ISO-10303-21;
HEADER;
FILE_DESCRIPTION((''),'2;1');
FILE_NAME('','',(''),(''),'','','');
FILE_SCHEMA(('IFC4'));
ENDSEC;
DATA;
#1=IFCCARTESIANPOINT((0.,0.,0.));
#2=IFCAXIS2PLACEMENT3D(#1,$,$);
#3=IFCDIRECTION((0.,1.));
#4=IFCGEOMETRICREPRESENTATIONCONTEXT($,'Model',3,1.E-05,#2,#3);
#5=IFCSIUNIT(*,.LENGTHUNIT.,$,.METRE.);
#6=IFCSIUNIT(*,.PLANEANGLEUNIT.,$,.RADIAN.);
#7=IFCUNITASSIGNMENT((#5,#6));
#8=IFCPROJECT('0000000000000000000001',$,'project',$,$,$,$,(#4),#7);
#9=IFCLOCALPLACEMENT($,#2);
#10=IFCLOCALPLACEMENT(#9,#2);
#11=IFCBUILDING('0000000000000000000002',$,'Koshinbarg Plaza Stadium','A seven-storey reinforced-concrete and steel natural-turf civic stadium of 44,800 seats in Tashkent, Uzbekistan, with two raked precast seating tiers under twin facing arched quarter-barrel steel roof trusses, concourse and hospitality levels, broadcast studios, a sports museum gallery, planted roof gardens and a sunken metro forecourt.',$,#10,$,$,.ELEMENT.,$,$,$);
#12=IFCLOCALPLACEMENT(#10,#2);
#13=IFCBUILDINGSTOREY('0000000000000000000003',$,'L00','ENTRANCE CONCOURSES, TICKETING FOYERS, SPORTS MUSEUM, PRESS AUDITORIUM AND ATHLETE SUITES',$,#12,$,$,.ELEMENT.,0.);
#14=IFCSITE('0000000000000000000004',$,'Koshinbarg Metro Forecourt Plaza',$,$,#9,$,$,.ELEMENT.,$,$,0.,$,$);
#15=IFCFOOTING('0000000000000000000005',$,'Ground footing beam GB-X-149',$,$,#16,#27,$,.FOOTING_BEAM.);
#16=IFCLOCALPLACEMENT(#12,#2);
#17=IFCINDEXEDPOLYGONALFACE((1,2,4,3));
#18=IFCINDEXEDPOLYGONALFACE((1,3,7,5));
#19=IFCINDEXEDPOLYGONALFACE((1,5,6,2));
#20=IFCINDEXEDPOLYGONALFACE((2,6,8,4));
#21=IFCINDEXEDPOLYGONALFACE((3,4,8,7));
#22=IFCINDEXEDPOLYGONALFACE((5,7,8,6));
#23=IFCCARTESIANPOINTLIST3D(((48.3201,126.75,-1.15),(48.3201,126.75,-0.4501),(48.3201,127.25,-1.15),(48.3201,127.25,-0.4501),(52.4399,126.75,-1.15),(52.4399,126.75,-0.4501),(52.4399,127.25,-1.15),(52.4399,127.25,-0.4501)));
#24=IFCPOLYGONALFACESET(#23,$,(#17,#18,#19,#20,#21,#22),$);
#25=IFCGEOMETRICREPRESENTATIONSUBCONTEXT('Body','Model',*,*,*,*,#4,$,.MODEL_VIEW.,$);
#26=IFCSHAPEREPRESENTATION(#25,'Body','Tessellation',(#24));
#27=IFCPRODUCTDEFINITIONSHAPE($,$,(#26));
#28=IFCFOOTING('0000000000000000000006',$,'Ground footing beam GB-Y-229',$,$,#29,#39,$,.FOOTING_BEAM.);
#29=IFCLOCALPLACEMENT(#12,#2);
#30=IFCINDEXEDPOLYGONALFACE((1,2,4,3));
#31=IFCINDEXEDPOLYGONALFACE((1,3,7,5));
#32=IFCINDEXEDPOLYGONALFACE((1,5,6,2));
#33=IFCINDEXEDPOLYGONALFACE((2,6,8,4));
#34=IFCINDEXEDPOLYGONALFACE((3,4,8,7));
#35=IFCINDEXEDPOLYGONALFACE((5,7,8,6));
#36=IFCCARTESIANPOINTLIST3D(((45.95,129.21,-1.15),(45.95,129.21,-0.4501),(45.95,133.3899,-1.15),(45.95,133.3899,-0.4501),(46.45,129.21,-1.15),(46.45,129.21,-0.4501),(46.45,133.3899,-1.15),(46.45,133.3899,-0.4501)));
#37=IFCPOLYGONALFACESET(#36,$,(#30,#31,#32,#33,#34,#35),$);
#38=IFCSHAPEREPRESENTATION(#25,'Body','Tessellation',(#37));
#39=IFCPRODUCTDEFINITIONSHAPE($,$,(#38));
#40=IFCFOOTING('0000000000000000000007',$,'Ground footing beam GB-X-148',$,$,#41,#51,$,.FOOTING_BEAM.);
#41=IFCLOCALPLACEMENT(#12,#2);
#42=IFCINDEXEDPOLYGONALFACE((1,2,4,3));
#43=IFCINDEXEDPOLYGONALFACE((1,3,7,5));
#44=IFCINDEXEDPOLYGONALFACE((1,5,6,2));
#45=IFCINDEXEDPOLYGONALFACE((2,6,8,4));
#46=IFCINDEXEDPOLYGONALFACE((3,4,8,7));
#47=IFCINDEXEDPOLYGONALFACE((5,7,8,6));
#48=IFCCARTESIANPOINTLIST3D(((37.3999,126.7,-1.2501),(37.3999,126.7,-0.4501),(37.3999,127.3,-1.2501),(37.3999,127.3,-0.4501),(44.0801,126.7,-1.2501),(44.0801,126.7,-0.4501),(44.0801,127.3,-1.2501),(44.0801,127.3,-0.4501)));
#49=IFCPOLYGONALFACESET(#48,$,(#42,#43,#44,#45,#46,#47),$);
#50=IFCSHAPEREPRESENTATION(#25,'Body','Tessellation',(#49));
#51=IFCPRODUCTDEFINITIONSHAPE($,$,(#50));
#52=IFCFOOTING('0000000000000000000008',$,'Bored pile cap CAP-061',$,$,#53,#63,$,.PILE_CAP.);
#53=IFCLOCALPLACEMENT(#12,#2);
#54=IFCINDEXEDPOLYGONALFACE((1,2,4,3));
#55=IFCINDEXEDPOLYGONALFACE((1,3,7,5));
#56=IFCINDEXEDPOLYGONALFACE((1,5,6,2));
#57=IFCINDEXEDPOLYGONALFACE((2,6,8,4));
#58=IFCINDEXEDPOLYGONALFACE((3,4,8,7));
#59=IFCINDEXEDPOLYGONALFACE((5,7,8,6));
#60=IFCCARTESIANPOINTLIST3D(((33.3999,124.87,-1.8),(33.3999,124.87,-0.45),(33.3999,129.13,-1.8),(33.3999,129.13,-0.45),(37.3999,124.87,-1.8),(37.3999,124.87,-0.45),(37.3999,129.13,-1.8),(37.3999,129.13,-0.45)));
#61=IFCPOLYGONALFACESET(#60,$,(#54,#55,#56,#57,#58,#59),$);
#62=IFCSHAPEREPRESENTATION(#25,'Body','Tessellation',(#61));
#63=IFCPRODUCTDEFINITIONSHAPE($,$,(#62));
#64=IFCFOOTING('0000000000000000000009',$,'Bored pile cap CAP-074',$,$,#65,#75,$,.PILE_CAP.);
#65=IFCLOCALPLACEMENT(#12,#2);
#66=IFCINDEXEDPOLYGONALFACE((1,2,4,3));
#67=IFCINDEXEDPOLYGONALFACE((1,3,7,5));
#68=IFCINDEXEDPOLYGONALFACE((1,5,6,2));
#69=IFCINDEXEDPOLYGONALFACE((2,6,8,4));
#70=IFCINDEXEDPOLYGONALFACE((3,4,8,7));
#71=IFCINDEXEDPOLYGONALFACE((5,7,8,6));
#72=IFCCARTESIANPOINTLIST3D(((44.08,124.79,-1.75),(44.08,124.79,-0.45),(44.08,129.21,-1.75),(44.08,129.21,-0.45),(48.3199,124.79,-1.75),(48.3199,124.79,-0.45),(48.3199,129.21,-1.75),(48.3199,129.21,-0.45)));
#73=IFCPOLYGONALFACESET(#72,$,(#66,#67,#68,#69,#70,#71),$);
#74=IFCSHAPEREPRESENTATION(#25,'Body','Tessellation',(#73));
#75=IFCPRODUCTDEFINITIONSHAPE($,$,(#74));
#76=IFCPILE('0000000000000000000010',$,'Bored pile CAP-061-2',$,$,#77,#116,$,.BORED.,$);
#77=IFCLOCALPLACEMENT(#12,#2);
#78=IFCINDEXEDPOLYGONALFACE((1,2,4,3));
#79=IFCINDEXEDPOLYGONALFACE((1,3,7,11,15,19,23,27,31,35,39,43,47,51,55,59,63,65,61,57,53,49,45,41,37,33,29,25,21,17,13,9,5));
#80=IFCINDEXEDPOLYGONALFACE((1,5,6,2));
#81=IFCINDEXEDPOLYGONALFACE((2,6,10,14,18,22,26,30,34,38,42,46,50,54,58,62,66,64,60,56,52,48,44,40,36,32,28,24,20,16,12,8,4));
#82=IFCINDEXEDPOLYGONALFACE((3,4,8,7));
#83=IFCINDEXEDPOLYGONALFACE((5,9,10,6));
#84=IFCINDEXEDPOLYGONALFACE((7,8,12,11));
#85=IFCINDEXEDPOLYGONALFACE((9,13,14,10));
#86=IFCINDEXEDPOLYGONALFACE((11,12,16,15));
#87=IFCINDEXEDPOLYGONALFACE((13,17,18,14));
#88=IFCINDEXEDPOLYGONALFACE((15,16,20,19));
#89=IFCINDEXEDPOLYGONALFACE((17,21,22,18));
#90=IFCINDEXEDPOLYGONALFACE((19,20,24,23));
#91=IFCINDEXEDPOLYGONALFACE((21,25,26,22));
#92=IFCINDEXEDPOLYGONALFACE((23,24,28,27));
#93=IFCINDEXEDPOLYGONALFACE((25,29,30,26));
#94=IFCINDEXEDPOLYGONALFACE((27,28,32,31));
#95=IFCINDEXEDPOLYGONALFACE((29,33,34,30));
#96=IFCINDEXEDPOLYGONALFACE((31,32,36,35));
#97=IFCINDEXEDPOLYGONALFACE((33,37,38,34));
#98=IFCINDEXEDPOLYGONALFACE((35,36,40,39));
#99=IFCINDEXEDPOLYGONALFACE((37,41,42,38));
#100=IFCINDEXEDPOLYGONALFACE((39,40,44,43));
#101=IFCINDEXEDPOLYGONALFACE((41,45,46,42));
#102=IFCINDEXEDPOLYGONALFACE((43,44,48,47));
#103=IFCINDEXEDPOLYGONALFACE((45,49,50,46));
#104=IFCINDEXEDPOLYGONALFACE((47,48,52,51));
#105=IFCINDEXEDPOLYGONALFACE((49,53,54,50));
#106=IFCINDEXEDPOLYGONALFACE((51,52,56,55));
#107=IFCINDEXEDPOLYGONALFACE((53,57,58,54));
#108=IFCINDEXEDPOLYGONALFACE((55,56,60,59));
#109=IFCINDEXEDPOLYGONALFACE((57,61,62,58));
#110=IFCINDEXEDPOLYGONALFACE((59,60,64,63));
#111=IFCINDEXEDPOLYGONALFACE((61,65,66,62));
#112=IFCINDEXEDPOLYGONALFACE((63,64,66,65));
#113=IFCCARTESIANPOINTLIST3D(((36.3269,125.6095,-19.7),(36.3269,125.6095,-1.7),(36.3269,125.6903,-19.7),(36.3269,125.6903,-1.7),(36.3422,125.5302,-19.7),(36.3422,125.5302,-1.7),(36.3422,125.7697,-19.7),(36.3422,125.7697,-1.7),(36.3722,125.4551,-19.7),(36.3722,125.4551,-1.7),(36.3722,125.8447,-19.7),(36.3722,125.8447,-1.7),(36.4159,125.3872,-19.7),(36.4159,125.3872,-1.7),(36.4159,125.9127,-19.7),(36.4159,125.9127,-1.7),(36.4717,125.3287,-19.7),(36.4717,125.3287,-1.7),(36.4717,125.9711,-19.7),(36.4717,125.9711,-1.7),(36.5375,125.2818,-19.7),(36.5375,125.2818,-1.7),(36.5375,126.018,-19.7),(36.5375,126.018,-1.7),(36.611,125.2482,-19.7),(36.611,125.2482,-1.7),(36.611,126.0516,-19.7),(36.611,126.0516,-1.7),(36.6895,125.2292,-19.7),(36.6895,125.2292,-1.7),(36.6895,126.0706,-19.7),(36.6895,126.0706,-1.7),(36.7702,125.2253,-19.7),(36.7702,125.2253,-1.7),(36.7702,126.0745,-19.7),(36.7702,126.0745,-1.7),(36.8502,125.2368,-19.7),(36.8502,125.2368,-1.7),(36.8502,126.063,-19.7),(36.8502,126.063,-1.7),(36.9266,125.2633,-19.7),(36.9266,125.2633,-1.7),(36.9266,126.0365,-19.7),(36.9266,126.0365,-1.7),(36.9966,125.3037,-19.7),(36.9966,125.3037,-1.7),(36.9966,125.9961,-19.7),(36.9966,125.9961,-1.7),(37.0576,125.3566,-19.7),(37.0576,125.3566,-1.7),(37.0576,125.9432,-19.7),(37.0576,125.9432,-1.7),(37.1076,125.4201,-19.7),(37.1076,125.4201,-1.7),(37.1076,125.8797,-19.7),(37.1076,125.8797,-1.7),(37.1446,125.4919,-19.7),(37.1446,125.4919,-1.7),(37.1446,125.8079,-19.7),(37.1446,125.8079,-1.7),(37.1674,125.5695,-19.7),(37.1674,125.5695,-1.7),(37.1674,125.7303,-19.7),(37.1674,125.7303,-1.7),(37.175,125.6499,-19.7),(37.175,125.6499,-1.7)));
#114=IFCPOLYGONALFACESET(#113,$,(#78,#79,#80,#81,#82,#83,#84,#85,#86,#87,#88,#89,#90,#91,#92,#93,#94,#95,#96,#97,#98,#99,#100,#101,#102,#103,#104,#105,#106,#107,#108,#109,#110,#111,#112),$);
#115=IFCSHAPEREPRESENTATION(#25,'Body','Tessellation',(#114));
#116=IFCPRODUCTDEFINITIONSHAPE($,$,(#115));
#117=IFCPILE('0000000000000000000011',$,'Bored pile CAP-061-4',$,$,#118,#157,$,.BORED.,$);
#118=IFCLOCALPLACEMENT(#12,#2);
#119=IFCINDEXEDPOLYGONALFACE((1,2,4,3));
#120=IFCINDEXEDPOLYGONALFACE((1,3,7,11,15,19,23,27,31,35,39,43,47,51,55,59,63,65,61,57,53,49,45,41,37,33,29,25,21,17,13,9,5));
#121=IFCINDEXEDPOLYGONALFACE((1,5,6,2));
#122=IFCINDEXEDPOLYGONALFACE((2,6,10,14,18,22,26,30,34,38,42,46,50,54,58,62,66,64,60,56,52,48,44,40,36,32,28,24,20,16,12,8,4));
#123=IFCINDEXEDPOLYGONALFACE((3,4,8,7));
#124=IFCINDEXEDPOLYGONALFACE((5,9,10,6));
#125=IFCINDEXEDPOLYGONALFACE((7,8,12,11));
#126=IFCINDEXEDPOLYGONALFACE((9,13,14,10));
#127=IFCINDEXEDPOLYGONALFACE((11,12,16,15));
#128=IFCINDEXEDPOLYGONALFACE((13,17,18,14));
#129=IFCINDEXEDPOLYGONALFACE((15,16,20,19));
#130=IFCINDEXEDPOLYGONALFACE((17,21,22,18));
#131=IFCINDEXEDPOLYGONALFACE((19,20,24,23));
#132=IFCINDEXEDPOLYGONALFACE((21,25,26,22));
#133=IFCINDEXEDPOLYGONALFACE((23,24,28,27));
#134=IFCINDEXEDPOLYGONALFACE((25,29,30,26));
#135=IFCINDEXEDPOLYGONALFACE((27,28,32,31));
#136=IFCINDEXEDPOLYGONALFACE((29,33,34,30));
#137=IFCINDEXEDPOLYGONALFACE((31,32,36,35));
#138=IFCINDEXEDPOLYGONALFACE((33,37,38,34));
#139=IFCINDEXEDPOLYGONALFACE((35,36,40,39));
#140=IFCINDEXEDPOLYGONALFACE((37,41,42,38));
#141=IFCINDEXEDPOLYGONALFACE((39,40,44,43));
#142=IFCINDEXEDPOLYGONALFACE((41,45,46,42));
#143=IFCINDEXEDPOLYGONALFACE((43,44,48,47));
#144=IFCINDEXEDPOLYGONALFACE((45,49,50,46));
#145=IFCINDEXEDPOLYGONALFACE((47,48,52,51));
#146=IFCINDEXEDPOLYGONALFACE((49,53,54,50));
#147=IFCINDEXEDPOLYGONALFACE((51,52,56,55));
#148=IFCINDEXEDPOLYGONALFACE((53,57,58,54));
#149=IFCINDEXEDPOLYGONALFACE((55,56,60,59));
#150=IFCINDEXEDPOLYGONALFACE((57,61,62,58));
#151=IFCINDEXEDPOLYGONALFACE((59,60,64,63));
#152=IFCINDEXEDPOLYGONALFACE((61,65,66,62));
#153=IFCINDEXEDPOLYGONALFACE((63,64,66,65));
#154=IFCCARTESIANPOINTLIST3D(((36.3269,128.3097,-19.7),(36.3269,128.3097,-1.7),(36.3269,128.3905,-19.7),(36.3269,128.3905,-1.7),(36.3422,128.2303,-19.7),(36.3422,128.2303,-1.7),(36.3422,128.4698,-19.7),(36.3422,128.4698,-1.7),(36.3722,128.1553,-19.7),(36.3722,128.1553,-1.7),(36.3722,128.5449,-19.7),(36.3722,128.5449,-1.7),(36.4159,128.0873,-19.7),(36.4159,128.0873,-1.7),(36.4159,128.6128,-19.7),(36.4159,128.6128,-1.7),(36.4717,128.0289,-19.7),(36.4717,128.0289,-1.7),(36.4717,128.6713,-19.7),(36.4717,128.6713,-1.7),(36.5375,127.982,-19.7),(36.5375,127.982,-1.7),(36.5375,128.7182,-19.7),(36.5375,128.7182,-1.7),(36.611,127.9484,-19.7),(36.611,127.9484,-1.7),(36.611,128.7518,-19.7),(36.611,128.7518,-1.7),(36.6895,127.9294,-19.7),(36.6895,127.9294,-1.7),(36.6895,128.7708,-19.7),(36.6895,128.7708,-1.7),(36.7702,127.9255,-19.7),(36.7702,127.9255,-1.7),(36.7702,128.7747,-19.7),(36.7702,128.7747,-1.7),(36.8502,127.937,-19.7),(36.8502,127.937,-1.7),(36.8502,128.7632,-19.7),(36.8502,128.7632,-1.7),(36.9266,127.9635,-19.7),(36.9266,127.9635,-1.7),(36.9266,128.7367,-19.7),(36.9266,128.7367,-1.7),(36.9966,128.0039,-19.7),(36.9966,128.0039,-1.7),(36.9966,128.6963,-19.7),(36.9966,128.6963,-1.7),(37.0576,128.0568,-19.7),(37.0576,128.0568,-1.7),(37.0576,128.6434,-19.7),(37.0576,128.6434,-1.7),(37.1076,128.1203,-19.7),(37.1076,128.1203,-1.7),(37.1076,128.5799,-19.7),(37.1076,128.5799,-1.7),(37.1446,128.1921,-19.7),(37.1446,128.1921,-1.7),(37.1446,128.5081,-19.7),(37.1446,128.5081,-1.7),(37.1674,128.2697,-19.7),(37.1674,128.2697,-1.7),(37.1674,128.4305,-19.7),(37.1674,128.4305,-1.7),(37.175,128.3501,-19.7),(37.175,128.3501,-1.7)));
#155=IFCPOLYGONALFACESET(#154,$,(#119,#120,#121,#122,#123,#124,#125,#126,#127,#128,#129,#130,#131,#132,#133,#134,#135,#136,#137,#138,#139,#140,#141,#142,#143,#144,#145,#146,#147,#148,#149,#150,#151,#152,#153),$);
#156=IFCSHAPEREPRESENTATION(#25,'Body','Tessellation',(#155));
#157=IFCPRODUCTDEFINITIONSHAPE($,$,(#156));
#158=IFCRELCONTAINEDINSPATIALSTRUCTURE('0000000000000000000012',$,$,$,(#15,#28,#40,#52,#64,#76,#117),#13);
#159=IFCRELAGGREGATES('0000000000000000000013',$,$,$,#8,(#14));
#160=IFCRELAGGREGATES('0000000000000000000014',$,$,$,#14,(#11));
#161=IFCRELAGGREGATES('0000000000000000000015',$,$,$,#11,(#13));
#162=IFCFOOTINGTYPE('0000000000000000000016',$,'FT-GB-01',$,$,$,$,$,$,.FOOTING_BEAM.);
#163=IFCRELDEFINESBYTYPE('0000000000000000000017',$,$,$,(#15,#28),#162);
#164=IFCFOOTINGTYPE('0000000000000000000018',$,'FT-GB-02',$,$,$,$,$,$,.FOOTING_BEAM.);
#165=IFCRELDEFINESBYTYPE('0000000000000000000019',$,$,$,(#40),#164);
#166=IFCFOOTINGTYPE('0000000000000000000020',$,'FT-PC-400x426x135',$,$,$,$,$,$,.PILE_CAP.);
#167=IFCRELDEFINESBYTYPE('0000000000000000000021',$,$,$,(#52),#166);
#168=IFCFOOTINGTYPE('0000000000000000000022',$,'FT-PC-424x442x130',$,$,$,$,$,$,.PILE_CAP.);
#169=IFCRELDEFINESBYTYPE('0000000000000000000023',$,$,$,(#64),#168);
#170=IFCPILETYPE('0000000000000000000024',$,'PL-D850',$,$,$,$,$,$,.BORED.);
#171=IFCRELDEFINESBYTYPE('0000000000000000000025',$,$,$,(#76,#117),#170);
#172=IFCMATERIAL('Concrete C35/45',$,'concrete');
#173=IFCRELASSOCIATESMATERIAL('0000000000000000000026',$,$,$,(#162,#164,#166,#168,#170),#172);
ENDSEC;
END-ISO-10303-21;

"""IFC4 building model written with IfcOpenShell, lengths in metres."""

from ifc_helpers import new_model, si_unit, direction, frame, origin, origin_2d, place, context, subcontext, project, spatial, rectangle, circle, extrude, material, material_profile, profile_set, type_object, element, save


model = new_model("IFC4")

# Units and contexts
model_context = context("Model", 3, precision=1e-05, world=origin(), true_north=direction((0.0, 1.0)))
body_context = subcontext(model_context, "Body", "Model", "MODEL_VIEW")
ifc_project = project(units=[si_unit("LENGTHUNIT", "METRE"), si_unit("PLANEANGLEUNIT", "RADIAN")], contexts=[model_context])

# Site, building, storey
site_placement = place(None, origin())
site = spatial("IfcSite", under=ifc_project, at=site_placement, Name="Koshinbarg Metro Forecourt Plaza", CompositionType="ELEMENT", RefElevation=0.0)
building_placement = place(site_placement, origin())
building = spatial("IfcBuilding", under=site, at=building_placement, Name="Koshinbarg Plaza Stadium", Description="A seven-storey reinforced-concrete and steel natural-turf civic stadium of 44,800 seats in Tashkent, Uzbekistan, with two raked precast seating tiers under twin facing arched quarter-barrel steel roof trusses, concourse and hospitality levels, broadcast studios, a sports museum gallery, planted roof gardens and a sunken metro forecourt.", CompositionType="ELEMENT")
storey_placement = place(building_placement, origin())
storey = spatial("IfcBuildingStorey", under=building, at=storey_placement, Name="L00", Description="ENTRANCE CONCOURSES, TICKETING FOYERS, SPORTS MUSEUM, PRESS AUDITORIUM AND ATHLETE SUITES", CompositionType="ELEMENT", Elevation=0.0)

# Footings
ifc_material_1 = material(Name="Concrete C35/45", Category="concrete")
ifc_material_profile_1 = material_profile(ifc_material_1, rectangle(XDim=0.5, YDim=0.7, at=origin_2d()), Name="GB 500x700")
ifc_profile_set_1 = profile_set([ifc_material_profile_1], Name="Concrete C35/45")
footing_type_1 = type_object("IfcFootingType", Name="FT-GB-01", PredefinedType="FOOTING_BEAM", material=ifc_profile_set_1)
footing_1_placement = place(storey_placement, frame((48.3201, 127.0, -0.8), z_axis=(1.0, 0.0, 0.0), x_axis=(0.0, 1.0, 0.0)))
element("IfcFooting", 1, at=footing_1_placement, inside=storey, type_object=footing_type_1, Name="Ground footing beam GB-X-149", PredefinedType="FOOTING_BEAM", context=body_context, shape_type="SweptSolid", body=[
    extrude(rectangle(XDim=0.5, YDim=0.7, at=origin_2d()), origin(), (0.0, 0.0, 1.0), 4.1199),
])
footing_2_placement = place(storey_placement, frame((46.2, 129.21, -0.8), z_axis=(0.0, 1.0, 0.0), x_axis=(-1.0, 0.0, 0.0)))
element("IfcFooting", 2, at=footing_2_placement, inside=storey, type_object=footing_type_1, Name="Ground footing beam GB-Y-229", PredefinedType="FOOTING_BEAM", context=body_context, shape_type="SweptSolid", body=[
    extrude(rectangle(XDim=0.5, YDim=0.7, at=origin_2d()), origin(), (0.0, 0.0, 1.0), 4.1799),
])
ifc_material_profile_2 = material_profile(ifc_material_1, rectangle(XDim=0.6001, YDim=0.8, at=origin_2d()), Name="GB 600x800")
ifc_profile_set_2 = profile_set([ifc_material_profile_2], Name="Concrete C35/45")
footing_type_2 = type_object("IfcFootingType", Name="FT-GB-02", PredefinedType="FOOTING_BEAM", material=ifc_profile_set_2)
footing_3_placement = place(storey_placement, frame((37.3999, 127.0, -0.8501), z_axis=(1.0, 0.0, 0.0), x_axis=(0.0, 1.0, 0.0)))
element("IfcFooting", 3, at=footing_3_placement, inside=storey, type_object=footing_type_2, Name="Ground footing beam GB-X-148", PredefinedType="FOOTING_BEAM", context=body_context, shape_type="SweptSolid", body=[
    extrude(rectangle(XDim=0.6001, YDim=0.8, at=origin_2d()), origin(), (0.0, 0.0, 1.0), 6.6802),
])
footing_type_3 = type_object("IfcFootingType", Name="FT-PC-400x426x135", PredefinedType="PILE_CAP", material=ifc_material_1)
footing_4_placement = place(storey_placement, frame((35.3999, 127.0, -1.8), z_axis=(0.0, 0.0, 1.0), x_axis=(1.0, 0.0, 0.0)))
element("IfcFooting", 4, at=footing_4_placement, inside=storey, type_object=footing_type_3, Name="Bored pile cap CAP-061", PredefinedType="PILE_CAP", context=body_context, shape_type="SweptSolid", body=[
    extrude(rectangle(XDim=4.0, YDim=4.26, at=origin_2d()), origin(), (0.0, 0.0, 1.0), 1.3501),
])
footing_type_4 = type_object("IfcFootingType", Name="FT-PC-424x442x130", PredefinedType="PILE_CAP", material=ifc_material_1)
footing_5_placement = place(storey_placement, frame((46.2, 127.0, -1.75), z_axis=(0.0, 0.0, 1.0), x_axis=(1.0, 0.0, 0.0)))
element("IfcFooting", 5, at=footing_5_placement, inside=storey, type_object=footing_type_4, Name="Bored pile cap CAP-074", PredefinedType="PILE_CAP", context=body_context, shape_type="SweptSolid", body=[
    extrude(rectangle(XDim=4.24, YDim=4.4199, at=origin_2d()), origin(), (0.0, 0.0, 1.0), 1.3),
])

# Piles
ifc_material_profile_3 = material_profile(ifc_material_1, circle(Radius=0.425, at=origin_2d()), Name="PILE D850")
ifc_profile_set_3 = profile_set([ifc_material_profile_3], Name="Concrete C35/45")
pile_type_1 = type_object("IfcPileType", Name="PL-D850", PredefinedType="BORED", material=ifc_profile_set_3)
for number, where, z_axis, x_axis, name in (
    (6, (36.75, 125.6499, -1.7), (0.0, 0.0, -1.0), (1.0, 0.0, 0.0), "Bored pile CAP-061-2"),
    (7, (36.75, 128.3501, -1.7), (0.0, 0.0, -1.0), (1.0, 0.0, 0.0), "Bored pile CAP-061-4"),
):
    element("IfcPile", number, at=place(storey_placement, frame(where, z_axis=z_axis, x_axis=x_axis)), inside=storey, type_object=pile_type_1, Name=name, PredefinedType="BORED", context=body_context, shape_type="SweptSolid", body=[
        extrude(circle(Radius=0.425, at=origin_2d()), origin(), (0.0, 0.0, 1.0), 18.0),
    ])

save(model, "model.ifc")
